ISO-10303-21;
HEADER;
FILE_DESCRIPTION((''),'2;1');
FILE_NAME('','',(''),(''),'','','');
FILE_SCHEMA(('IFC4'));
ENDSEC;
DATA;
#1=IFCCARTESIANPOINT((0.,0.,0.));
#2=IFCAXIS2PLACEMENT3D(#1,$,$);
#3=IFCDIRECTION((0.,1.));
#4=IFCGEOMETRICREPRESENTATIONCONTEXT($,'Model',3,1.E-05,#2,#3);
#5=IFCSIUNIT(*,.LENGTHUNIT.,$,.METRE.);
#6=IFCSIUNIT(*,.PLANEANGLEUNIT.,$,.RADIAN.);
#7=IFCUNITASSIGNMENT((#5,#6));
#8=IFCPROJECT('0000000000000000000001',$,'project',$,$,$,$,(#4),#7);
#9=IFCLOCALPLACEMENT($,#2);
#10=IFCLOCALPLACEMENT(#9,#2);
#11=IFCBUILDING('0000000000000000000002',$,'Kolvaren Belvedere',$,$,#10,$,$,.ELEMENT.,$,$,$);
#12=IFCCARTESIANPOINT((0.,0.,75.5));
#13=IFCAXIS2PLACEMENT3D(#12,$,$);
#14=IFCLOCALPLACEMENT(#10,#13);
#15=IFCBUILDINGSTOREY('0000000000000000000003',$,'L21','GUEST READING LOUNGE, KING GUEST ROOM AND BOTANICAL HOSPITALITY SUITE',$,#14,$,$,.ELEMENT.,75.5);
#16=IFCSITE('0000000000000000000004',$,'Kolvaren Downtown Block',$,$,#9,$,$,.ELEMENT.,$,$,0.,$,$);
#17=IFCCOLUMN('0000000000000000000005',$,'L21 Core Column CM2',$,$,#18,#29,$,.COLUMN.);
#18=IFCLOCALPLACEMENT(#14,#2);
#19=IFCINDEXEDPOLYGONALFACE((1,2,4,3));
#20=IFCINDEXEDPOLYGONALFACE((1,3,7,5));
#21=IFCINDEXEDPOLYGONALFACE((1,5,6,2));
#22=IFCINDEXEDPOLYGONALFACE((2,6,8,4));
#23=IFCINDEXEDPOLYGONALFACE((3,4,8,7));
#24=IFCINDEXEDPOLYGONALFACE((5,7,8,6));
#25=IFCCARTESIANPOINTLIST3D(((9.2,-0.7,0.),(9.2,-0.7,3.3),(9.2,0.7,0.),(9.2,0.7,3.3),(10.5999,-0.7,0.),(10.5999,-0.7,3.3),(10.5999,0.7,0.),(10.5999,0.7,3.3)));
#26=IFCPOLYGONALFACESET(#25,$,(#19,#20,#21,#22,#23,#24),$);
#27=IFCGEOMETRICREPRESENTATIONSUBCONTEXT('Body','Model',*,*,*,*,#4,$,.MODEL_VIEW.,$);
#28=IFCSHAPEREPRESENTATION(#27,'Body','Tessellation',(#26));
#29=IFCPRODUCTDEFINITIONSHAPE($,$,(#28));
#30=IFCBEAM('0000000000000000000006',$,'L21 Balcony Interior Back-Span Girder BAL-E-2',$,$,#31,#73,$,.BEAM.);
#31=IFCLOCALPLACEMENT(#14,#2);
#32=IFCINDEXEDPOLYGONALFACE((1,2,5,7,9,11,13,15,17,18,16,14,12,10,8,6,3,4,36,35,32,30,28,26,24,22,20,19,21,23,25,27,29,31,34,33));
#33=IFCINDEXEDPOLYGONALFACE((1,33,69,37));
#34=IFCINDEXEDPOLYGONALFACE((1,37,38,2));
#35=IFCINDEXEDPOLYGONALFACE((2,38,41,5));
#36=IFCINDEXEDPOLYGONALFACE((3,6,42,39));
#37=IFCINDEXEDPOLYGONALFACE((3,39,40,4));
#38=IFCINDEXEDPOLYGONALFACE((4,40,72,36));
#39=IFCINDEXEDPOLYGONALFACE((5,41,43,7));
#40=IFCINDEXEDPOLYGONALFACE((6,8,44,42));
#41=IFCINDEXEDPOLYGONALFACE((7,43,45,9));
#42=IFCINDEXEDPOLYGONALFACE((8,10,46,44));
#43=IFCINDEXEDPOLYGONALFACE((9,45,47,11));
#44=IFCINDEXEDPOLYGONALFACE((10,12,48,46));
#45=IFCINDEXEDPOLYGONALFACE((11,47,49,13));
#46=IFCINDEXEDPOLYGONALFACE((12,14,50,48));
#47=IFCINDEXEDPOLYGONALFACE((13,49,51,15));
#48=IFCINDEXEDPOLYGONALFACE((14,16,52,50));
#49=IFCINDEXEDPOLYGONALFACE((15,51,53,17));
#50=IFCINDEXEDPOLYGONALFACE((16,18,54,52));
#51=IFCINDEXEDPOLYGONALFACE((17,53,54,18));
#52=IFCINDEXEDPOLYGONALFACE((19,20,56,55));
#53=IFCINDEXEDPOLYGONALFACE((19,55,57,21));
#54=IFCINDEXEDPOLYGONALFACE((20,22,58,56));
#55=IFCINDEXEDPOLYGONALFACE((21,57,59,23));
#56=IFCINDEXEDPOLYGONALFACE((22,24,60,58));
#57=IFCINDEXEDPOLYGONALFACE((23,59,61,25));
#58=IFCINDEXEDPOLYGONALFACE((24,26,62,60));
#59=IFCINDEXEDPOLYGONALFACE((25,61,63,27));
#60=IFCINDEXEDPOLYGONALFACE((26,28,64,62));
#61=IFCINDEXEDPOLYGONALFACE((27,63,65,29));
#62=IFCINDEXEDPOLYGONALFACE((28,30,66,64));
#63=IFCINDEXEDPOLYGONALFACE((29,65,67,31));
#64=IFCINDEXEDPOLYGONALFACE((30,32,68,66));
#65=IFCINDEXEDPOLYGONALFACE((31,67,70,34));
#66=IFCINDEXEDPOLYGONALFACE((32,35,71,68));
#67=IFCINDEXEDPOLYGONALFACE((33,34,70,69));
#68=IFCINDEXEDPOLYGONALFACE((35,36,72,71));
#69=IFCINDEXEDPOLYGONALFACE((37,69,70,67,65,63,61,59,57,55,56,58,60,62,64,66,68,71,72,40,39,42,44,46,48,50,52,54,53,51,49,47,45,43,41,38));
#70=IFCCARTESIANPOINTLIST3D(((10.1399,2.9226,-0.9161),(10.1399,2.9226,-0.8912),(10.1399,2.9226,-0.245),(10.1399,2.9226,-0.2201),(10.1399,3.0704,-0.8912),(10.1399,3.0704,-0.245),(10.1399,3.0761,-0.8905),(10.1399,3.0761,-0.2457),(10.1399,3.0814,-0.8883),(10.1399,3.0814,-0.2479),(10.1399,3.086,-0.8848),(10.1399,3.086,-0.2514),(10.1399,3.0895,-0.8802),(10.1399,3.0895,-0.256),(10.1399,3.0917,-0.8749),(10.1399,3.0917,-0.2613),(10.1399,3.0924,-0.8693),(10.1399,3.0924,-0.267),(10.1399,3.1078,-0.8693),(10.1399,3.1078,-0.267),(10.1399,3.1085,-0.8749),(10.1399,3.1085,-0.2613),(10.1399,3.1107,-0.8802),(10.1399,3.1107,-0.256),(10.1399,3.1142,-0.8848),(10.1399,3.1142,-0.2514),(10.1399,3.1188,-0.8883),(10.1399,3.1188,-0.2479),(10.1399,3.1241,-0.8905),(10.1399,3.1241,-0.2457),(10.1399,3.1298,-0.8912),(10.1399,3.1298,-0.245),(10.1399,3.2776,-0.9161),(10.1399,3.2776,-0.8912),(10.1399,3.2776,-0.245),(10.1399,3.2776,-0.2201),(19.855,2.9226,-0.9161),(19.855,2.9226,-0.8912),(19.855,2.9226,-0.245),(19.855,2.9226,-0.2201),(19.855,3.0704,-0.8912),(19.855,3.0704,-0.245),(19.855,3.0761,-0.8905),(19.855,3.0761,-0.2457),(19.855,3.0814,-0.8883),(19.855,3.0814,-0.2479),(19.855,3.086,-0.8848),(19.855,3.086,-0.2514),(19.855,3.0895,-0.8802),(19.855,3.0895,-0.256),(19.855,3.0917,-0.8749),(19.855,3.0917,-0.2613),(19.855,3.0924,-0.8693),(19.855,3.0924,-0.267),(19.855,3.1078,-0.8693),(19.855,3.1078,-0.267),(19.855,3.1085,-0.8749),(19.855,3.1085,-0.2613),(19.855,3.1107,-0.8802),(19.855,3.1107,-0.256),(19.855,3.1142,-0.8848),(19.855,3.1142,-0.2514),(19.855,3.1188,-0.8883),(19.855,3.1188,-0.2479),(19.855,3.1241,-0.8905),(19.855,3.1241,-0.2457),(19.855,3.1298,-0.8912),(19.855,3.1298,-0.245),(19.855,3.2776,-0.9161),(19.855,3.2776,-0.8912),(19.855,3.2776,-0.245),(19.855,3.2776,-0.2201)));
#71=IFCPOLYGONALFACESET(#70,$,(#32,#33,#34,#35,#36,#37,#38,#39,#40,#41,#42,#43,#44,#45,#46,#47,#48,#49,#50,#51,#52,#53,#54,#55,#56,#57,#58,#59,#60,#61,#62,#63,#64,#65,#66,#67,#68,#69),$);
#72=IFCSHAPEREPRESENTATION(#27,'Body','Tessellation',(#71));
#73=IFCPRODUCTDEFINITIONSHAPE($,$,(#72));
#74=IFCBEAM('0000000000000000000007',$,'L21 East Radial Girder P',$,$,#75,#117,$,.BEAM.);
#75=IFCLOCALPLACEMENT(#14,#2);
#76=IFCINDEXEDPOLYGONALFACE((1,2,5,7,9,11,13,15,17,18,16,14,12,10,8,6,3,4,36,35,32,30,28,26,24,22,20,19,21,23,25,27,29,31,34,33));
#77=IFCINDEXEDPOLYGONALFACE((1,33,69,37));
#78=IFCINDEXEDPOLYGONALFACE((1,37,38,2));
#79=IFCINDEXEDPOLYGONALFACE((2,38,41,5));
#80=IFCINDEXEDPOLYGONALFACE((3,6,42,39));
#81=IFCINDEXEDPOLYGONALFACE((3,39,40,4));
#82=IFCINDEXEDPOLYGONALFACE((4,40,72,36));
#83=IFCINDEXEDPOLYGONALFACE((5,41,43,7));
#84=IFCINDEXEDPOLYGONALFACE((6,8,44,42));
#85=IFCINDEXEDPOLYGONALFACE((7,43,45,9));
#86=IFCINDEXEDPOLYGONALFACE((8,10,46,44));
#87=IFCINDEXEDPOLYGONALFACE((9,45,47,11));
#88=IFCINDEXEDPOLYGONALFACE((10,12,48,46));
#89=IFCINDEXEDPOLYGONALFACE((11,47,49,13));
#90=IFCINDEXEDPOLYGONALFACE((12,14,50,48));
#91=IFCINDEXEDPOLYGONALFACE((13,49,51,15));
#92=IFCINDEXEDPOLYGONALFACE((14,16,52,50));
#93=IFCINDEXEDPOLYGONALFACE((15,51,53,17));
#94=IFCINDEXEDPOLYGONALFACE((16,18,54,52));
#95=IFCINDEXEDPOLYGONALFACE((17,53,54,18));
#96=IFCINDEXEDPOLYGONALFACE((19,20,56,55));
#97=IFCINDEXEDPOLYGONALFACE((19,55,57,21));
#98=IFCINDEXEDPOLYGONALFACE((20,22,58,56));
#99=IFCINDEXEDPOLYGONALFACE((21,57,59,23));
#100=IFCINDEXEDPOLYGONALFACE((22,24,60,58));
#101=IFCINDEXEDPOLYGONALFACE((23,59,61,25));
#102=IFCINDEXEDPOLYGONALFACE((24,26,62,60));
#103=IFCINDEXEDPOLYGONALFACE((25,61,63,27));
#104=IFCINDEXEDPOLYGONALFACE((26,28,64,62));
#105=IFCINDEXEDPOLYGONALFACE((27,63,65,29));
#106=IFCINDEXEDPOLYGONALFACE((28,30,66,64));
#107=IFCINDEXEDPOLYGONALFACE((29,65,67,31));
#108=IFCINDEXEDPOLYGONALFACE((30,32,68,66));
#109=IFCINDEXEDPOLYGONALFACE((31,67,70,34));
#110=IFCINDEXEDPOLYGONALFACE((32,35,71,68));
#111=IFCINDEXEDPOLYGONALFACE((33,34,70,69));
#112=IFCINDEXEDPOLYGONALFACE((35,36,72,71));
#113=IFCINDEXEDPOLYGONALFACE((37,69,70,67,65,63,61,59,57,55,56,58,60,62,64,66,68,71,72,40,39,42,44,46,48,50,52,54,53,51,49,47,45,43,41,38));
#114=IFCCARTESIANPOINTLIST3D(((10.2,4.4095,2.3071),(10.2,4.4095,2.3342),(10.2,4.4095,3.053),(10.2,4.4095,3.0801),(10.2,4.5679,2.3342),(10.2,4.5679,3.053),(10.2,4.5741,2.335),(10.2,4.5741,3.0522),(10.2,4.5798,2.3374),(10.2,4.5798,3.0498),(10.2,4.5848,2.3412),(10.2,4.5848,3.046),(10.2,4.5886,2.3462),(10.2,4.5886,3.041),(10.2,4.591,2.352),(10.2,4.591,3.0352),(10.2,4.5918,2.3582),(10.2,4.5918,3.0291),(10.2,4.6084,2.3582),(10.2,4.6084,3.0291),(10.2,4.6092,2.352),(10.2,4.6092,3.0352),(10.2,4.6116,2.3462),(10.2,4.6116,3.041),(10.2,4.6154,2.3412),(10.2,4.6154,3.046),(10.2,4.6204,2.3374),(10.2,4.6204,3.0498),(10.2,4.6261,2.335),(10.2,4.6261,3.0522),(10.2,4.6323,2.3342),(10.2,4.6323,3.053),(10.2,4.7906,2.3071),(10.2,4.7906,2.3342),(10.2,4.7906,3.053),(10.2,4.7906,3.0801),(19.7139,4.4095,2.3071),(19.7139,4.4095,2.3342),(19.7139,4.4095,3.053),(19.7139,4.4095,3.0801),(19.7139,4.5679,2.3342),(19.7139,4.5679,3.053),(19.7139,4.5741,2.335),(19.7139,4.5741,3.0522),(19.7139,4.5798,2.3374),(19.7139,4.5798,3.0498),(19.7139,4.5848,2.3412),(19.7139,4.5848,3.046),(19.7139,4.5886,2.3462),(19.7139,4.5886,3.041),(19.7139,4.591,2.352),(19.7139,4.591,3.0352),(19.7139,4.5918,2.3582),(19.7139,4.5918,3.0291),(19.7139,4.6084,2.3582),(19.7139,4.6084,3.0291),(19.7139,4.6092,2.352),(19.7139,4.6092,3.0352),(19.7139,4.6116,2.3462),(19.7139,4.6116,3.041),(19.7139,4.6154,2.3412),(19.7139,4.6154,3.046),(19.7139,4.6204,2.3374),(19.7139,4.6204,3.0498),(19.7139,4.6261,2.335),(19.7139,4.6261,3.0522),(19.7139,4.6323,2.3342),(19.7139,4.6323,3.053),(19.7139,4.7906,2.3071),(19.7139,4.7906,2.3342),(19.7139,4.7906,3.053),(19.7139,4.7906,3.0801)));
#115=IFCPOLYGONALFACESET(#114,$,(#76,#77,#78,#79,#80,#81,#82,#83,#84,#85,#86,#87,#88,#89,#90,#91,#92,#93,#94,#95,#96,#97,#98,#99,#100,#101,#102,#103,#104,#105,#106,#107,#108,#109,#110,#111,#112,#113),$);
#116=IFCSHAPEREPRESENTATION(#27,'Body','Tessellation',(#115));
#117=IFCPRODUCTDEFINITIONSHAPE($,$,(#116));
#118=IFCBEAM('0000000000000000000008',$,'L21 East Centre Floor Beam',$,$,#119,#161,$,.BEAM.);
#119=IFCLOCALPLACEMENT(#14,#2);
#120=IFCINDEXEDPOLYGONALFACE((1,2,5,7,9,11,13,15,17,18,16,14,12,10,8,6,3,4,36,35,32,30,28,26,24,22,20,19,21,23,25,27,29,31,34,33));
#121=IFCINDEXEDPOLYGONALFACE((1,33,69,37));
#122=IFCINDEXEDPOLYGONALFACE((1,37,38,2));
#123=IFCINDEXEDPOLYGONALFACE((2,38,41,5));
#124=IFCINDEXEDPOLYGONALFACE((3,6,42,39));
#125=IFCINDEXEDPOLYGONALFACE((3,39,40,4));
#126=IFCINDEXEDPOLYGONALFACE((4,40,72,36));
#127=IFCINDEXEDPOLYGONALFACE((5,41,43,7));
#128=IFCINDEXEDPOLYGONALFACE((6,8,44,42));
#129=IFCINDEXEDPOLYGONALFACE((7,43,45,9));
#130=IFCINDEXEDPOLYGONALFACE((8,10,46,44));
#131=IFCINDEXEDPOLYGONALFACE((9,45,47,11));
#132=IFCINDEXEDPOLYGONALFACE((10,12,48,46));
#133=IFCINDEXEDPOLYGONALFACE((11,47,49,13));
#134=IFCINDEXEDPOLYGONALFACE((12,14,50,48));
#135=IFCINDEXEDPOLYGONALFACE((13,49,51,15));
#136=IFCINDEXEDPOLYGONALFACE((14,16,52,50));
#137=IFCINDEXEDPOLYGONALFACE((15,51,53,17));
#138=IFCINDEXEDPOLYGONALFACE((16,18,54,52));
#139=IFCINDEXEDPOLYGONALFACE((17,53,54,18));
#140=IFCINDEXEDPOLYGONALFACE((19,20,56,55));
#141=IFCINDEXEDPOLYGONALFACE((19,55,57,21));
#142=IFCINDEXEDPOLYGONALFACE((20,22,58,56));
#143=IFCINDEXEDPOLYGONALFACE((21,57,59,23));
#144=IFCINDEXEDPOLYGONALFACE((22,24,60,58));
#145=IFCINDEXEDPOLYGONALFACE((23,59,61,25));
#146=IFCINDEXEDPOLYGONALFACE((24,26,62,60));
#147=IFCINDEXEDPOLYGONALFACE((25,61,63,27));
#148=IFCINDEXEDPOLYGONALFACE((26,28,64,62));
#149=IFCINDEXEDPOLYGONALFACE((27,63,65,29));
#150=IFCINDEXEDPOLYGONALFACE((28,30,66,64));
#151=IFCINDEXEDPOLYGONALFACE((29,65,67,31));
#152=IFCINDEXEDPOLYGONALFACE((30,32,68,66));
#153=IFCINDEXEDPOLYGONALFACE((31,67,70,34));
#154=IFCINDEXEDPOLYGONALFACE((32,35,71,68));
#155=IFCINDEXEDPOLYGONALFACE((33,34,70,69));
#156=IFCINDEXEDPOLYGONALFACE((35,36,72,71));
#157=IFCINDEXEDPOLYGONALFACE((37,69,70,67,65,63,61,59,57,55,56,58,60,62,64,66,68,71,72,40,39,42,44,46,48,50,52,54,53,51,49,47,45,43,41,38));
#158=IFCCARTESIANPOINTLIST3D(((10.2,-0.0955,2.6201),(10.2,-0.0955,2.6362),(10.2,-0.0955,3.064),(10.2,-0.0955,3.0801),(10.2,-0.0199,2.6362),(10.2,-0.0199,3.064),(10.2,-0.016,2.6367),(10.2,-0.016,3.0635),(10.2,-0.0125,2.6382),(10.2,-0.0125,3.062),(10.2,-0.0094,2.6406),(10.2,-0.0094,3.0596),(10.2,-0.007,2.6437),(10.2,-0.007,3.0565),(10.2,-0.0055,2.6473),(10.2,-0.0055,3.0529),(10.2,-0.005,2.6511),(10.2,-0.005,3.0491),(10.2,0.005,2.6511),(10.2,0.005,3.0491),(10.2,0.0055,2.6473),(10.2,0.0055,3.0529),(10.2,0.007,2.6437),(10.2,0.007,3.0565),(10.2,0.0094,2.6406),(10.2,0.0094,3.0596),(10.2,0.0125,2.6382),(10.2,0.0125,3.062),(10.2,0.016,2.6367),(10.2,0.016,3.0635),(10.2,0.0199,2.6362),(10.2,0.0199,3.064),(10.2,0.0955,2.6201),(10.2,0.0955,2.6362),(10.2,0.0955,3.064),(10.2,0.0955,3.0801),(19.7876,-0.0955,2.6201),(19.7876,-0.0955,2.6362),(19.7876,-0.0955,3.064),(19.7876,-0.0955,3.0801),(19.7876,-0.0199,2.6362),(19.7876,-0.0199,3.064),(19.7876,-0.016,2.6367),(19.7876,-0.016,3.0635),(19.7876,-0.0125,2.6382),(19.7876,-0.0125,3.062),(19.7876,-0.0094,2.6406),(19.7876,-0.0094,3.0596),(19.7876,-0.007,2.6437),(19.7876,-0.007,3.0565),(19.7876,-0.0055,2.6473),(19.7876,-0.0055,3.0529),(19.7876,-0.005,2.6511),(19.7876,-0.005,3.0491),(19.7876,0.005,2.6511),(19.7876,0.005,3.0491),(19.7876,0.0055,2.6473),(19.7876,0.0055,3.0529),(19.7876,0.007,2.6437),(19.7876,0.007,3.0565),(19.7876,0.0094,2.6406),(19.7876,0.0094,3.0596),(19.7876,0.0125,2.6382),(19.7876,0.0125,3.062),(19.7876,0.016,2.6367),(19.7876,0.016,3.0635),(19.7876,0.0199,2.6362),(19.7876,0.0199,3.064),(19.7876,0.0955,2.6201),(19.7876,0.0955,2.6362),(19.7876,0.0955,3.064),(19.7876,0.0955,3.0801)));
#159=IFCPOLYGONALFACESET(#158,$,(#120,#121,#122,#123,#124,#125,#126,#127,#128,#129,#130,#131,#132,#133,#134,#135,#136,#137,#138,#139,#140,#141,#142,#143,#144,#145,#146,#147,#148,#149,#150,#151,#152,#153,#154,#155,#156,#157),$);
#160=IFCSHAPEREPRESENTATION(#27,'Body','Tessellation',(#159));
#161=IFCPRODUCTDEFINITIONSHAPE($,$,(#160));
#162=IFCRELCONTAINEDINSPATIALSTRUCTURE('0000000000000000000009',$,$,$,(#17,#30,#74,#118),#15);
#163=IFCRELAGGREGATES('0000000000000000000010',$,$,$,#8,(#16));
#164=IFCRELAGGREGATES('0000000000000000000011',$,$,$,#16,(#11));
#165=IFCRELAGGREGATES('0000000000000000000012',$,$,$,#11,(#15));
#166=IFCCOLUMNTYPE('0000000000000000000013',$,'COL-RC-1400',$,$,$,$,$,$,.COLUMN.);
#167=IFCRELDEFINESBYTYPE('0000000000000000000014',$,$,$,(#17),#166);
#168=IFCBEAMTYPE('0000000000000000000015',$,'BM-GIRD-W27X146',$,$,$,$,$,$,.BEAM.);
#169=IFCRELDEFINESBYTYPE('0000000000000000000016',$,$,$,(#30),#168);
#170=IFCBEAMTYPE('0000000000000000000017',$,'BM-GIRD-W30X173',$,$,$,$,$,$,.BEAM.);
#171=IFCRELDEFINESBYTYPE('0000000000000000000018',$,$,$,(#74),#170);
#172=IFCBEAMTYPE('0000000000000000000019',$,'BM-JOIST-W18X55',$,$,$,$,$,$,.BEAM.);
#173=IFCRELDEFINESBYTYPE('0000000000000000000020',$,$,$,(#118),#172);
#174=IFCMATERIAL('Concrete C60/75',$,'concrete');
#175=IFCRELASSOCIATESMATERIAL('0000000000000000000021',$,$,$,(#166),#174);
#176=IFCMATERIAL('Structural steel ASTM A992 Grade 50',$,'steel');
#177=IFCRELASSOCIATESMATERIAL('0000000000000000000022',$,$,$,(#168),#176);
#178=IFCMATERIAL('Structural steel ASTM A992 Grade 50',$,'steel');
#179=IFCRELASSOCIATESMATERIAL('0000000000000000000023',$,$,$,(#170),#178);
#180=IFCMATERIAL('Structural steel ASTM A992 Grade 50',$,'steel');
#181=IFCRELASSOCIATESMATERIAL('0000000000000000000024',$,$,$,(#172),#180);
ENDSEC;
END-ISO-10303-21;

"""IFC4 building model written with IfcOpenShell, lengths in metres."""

from ifc_helpers import new_model, si_unit, direction, frame, origin, origin_2d, place, context, subcontext, project, spatial, rectangle, i_section, extrude, material, material_profile, profile_set, type_object, element, save


model = new_model("IFC4")

# Units and contexts
model_context = context("Model", 3, precision=1e-05, world=origin(), true_north=direction((0.0, 1.0)))
body_context = subcontext(model_context, "Body", "Model", "MODEL_VIEW")
ifc_project = project(units=[si_unit("LENGTHUNIT", "METRE"), si_unit("PLANEANGLEUNIT", "RADIAN")], contexts=[model_context])

# Site, building, storey
site_placement = place(None, origin())
site = spatial("IfcSite", under=ifc_project, at=site_placement, Name="Kolvaren Downtown Block", CompositionType="ELEMENT", RefElevation=0.0)
building_placement = place(site_placement, origin())
building = spatial("IfcBuilding", under=site, at=building_placement, Name="Kolvaren Belvedere", CompositionType="ELEMENT")
storey_placement = place(building_placement, frame((0.0, 0.0, 75.5)))
storey = spatial("IfcBuildingStorey", under=building, at=storey_placement, Name="L21", Description="GUEST READING LOUNGE, KING GUEST ROOM AND BOTANICAL HOSPITALITY SUITE", CompositionType="ELEMENT", Elevation=75.5)

# Column
ifc_material_1 = material(Name="Concrete C60/75", Category="concrete")
ifc_material_profile_1 = material_profile(ifc_material_1, rectangle(XDim=1.3999, YDim=1.3999, at=origin_2d()), Name="RC 1400X1400")
ifc_profile_set_1 = profile_set([ifc_material_profile_1], Name="Concrete C60/75")
column_type = type_object("IfcColumnType", Name="COL-RC-1400", PredefinedType="COLUMN", material=ifc_profile_set_1)
column_placement = place(storey_placement, frame((9.8999, 0.0, 0.0), z_axis=(0.0, 0.0, 1.0), x_axis=(1.0, 0.0, 0.0)))
element("IfcColumn", 1, at=column_placement, inside=storey, type_object=column_type, Name="L21 Core Column CM2", PredefinedType="COLUMN", context=body_context, shape_type="SweptSolid", body=[
    extrude(rectangle(XDim=1.3999, YDim=1.3999, at=origin_2d()), origin(), (0.0, 0.0, 1.0), 3.3),
])

# Beams
ifc_material_2 = material(Name="Structural steel ASTM A992 Grade 50", Category="steel")
ifc_material_profile_2 = material_profile(ifc_material_2, i_section(OverallWidth=0.355, OverallDepth=0.696, WebThickness=0.0154, FlangeThickness=0.0249, FilletRadius=0.022, at=origin_2d()), Name="W27X146")
ifc_profile_set_2 = profile_set([ifc_material_profile_2], Name="Structural steel ASTM A992 Grade 50")
beam_type_1 = type_object("IfcBeamType", Name="BM-GIRD-W27X146", PredefinedType="BEAM", material=ifc_profile_set_2)
beam_1_placement = place(storey_placement, frame((10.1399, 3.1001, -0.5681), z_axis=(1.0, 0.0, 0.0), x_axis=(0.0, 1.0, 0.0)))
element("IfcBeam", 2, at=beam_1_placement, inside=storey, type_object=beam_type_1, Name="L21 Balcony Interior Back-Span Girder BAL-E-2", PredefinedType="BEAM", context=body_context, shape_type="SweptSolid", body=[
    extrude(i_section(OverallWidth=0.355, OverallDepth=0.696, WebThickness=0.0154, FlangeThickness=0.0249, FilletRadius=0.022, at=origin_2d()), origin(), (0.0, 0.0, 1.0), 9.7151),
])
ifc_material_3 = material(Name="Structural steel ASTM A992 Grade 50", Category="steel")
ifc_material_profile_3 = material_profile(ifc_material_3, i_section(OverallWidth=0.3811, OverallDepth=0.7729, WebThickness=0.0166, FlangeThickness=0.0271, FilletRadius=0.0239, at=origin_2d()), Name="W30X173")
ifc_profile_set_3 = profile_set([ifc_material_profile_3], Name="Structural steel ASTM A992 Grade 50")
beam_type_2 = type_object("IfcBeamType", Name="BM-GIRD-W30X173", PredefinedType="BEAM", material=ifc_profile_set_3)
beam_2_placement = place(storey_placement, frame((10.2, 4.6001, 2.6936), z_axis=(1.0, 0.0, 0.0), x_axis=(0.0, 1.0, 0.0)))
element("IfcBeam", 3, at=beam_2_placement, inside=storey, type_object=beam_type_2, Name="L21 East Radial Girder P", PredefinedType="BEAM", context=body_context, shape_type="SweptSolid", body=[
    extrude(i_section(OverallWidth=0.3811, OverallDepth=0.7729, WebThickness=0.0166, FlangeThickness=0.0271, FilletRadius=0.0239, at=origin_2d()), origin(), (0.0, 0.0, 1.0), 9.5139),
])
ifc_material_4 = material(Name="Structural steel ASTM A992 Grade 50", Category="steel")
ifc_material_profile_4 = material_profile(ifc_material_4, i_section(OverallWidth=0.1909, OverallDepth=0.46, WebThickness=0.01, FlangeThickness=0.0161, FilletRadius=0.0149, at=origin_2d()), Name="W18X55")
ifc_profile_set_4 = profile_set([ifc_material_profile_4], Name="Structural steel ASTM A992 Grade 50")
beam_type_3 = type_object("IfcBeamType", Name="BM-JOIST-W18X55", PredefinedType="BEAM", material=ifc_profile_set_4)
beam_3_placement = place(storey_placement, frame((10.2, 0.0, 2.8501), z_axis=(1.0, 0.0, 0.0), x_axis=(0.0, 1.0, 0.0)))
element("IfcBeam", 4, at=beam_3_placement, inside=storey, type_object=beam_type_3, Name="L21 East Centre Floor Beam", PredefinedType="BEAM", context=body_context, shape_type="SweptSolid", body=[
    extrude(i_section(OverallWidth=0.1909, OverallDepth=0.46, WebThickness=0.01, FlangeThickness=0.0161, FilletRadius=0.0149, at=origin_2d()), origin(), (0.0, 0.0, 1.0), 9.5876),
])

save(model, "model.ifc")
